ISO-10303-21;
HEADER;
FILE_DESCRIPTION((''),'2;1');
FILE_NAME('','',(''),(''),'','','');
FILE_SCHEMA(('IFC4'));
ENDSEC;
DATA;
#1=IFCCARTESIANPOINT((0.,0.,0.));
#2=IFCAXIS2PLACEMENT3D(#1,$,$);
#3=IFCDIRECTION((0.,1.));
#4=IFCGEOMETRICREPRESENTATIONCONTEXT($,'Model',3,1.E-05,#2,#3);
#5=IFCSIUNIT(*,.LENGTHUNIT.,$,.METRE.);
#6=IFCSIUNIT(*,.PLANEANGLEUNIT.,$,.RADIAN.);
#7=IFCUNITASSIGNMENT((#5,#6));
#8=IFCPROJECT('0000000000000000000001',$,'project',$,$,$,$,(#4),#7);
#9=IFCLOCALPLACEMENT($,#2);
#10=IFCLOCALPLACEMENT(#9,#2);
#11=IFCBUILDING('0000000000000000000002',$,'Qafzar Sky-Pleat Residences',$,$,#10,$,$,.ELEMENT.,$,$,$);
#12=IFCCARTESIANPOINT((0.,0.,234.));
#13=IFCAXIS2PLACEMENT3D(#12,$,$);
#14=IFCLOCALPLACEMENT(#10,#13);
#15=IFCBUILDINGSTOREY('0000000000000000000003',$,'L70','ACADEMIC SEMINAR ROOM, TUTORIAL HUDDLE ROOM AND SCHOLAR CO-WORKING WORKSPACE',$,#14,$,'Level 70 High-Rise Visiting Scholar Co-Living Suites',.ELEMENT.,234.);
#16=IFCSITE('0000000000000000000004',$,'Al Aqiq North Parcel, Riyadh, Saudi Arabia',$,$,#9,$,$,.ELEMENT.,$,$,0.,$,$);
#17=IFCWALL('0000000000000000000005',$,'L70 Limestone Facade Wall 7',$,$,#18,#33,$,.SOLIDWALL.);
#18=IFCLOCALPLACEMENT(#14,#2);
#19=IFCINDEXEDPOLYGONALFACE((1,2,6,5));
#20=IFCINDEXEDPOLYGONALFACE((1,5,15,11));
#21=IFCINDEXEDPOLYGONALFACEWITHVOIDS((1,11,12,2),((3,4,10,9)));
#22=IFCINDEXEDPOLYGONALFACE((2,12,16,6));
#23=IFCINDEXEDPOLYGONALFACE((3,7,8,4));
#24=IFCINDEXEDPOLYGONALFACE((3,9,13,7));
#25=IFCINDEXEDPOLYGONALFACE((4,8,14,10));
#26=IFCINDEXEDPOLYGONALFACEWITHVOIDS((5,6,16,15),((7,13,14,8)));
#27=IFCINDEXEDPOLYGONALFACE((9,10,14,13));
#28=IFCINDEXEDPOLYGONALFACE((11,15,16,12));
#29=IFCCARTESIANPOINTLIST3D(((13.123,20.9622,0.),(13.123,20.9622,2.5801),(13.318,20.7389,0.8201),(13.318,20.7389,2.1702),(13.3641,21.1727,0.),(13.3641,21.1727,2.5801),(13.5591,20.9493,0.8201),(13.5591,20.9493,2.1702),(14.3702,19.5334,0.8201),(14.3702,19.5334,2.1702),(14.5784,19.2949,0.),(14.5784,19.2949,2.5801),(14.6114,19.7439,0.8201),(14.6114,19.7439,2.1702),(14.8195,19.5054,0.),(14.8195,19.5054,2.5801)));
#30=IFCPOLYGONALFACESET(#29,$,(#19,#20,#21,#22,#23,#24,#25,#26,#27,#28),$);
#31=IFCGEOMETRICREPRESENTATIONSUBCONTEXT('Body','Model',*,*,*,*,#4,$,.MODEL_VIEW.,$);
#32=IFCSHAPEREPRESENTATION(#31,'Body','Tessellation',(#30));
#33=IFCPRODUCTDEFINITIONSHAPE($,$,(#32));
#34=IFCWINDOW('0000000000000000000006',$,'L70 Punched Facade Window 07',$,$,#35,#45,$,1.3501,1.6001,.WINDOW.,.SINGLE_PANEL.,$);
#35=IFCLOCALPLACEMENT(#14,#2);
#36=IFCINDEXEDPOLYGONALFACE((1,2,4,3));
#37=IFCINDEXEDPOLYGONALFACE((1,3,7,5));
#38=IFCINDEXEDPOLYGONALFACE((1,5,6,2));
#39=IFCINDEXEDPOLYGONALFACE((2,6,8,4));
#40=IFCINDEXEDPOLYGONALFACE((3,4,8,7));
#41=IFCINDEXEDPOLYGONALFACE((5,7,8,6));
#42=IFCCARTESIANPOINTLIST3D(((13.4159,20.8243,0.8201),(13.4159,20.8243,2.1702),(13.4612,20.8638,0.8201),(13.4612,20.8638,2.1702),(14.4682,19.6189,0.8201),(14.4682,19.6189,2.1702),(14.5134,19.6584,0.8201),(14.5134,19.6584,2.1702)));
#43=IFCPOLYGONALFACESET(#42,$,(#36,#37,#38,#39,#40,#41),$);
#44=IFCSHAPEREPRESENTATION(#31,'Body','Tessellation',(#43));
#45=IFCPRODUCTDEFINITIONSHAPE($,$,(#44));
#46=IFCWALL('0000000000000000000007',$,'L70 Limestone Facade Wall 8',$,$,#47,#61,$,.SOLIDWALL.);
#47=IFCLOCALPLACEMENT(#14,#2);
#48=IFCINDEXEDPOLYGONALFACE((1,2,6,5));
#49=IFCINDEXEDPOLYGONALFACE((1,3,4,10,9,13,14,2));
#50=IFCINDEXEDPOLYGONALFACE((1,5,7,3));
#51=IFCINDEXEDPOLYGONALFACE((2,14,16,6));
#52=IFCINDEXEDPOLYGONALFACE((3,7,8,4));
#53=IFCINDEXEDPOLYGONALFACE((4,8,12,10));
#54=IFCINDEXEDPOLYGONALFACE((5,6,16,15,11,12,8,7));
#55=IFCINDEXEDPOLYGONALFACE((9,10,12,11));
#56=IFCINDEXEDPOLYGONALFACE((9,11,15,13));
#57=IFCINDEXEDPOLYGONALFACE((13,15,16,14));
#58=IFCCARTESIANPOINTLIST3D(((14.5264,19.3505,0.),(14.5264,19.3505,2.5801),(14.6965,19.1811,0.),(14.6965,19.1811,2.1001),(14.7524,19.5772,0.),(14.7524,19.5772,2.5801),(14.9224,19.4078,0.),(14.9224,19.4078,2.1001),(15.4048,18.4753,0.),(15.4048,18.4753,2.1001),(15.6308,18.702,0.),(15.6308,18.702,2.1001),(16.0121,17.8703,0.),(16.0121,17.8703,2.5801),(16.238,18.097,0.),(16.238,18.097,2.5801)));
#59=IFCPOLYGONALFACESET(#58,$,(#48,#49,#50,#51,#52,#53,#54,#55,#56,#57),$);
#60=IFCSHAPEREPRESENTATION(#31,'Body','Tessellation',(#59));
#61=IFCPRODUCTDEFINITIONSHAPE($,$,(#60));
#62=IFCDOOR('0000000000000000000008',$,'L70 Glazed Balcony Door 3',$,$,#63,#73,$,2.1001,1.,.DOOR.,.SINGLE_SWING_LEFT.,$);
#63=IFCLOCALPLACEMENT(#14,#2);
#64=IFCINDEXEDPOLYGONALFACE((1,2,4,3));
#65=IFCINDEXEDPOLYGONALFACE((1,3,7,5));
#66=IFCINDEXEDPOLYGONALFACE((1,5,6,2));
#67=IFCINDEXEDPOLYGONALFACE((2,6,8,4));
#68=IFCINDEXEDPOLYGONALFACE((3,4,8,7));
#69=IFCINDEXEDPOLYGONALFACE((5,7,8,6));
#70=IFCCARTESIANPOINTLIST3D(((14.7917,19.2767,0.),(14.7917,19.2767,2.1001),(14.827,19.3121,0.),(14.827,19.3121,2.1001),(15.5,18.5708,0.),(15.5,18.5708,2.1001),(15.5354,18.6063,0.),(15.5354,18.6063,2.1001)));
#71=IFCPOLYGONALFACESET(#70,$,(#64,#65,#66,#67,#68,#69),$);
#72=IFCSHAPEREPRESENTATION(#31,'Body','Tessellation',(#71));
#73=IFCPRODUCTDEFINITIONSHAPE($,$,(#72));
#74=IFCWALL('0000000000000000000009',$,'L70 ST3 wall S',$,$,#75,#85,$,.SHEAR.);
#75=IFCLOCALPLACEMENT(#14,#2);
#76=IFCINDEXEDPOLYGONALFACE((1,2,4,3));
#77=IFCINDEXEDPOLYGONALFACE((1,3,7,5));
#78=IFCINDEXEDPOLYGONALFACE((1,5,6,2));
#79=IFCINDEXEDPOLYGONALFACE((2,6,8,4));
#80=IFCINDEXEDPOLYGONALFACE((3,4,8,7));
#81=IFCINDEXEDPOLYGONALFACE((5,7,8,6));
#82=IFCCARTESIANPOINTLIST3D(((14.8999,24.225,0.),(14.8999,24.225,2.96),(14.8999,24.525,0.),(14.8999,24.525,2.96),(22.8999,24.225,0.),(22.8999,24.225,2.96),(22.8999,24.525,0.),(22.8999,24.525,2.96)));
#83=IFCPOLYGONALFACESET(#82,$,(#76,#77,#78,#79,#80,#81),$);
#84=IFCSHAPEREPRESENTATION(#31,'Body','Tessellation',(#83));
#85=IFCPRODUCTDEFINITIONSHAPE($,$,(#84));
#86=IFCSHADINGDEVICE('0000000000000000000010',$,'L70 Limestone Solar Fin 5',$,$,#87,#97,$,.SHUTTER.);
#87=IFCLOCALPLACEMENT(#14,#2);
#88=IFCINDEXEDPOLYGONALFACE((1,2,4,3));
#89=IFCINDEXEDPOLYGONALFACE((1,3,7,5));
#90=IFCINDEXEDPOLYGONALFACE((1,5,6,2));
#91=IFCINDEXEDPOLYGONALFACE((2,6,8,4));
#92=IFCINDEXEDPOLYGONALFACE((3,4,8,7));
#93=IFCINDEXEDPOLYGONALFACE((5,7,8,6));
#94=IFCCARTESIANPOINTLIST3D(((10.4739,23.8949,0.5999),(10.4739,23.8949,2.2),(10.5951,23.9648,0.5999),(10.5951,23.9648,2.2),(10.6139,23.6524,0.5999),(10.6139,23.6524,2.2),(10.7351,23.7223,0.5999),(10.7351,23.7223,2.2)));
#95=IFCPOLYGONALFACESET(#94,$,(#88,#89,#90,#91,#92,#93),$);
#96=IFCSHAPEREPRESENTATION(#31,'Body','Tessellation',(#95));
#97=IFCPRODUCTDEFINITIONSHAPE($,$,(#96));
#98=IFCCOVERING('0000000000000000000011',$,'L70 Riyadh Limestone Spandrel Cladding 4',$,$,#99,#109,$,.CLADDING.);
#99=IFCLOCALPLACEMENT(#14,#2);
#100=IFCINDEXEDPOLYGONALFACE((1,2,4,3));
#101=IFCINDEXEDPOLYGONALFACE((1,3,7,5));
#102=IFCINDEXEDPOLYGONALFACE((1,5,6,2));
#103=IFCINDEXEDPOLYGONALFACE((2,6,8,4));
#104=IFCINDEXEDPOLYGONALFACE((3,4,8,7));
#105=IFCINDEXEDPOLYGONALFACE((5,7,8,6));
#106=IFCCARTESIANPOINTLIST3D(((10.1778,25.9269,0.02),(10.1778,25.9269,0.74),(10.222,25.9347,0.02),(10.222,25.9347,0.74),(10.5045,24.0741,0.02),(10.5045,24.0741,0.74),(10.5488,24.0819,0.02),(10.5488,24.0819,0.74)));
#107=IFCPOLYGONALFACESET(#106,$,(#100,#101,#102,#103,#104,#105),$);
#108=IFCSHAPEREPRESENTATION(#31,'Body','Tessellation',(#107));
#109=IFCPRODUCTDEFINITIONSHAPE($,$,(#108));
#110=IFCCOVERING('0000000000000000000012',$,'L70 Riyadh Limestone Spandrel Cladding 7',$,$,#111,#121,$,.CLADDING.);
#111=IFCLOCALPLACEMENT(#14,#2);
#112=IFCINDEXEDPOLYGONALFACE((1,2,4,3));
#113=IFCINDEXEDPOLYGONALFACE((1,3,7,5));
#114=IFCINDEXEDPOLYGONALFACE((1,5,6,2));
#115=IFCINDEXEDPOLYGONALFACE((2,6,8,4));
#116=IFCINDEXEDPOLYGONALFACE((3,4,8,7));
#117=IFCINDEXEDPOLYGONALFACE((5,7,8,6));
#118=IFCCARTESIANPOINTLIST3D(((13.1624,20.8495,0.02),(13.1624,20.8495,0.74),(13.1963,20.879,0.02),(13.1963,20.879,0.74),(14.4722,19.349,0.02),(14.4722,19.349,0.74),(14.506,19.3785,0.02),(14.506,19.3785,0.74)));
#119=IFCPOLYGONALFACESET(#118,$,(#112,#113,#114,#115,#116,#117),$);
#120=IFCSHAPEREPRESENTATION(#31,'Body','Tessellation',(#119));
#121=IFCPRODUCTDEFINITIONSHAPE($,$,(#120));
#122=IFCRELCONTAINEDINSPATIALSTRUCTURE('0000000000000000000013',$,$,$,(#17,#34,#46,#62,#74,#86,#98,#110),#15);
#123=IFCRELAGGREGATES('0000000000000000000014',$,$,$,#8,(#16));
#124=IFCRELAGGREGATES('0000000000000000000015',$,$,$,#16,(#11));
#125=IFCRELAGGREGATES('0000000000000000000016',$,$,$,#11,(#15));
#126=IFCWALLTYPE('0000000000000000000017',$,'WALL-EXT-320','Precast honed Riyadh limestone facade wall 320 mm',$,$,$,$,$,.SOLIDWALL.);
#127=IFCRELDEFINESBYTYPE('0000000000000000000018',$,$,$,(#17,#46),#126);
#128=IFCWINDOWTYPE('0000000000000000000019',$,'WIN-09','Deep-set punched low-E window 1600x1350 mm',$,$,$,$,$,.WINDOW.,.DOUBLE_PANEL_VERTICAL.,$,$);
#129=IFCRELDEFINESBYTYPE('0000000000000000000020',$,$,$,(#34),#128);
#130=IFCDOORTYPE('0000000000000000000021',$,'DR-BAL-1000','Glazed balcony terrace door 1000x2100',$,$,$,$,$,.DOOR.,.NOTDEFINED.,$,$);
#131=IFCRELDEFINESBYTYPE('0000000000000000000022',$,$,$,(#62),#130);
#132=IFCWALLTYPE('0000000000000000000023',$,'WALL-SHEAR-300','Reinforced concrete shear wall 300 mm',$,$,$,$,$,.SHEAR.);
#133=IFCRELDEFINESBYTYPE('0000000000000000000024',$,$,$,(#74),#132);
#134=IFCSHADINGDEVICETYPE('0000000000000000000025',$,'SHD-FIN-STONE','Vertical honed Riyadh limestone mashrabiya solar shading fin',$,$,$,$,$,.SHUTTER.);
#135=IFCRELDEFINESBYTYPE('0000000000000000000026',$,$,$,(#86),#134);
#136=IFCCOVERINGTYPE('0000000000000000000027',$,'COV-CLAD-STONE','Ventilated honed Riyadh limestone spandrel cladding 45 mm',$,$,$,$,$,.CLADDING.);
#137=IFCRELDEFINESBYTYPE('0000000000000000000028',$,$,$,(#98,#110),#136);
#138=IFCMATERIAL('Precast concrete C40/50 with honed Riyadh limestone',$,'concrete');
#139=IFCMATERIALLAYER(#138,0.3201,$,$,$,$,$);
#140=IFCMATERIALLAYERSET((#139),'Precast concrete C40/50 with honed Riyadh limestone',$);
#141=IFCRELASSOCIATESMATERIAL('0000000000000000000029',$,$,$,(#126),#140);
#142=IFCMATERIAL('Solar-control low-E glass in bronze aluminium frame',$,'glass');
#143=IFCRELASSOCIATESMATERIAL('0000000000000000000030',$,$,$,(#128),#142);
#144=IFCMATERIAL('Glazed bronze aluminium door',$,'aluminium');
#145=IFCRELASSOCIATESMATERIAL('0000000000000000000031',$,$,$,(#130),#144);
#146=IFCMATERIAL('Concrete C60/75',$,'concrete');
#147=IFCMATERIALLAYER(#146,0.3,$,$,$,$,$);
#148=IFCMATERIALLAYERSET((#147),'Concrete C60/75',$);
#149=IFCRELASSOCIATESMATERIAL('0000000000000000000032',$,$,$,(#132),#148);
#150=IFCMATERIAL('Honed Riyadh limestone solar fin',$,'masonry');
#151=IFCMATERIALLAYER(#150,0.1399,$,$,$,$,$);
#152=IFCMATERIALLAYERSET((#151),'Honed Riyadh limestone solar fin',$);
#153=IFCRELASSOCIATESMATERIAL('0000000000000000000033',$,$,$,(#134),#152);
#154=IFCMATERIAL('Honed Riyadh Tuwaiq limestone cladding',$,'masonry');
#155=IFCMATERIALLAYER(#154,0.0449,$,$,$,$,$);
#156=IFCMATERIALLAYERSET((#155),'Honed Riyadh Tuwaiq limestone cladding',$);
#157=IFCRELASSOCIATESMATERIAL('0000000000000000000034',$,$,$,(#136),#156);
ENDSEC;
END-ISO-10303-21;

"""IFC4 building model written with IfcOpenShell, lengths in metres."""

from ifc_helpers import new_model, si_unit, direction, frame, frame_2d, origin, origin_2d, place, context, subcontext, project, spatial, rectangle, extrude, source, transform, mapped, material, layer, layer_set, type_object, element, fill, save


model = new_model("IFC4")

# Units and contexts
model_context = context("Model", 3, precision=1e-05, world=origin(), true_north=direction((0.0, 1.0)))
body_context = subcontext(model_context, "Body", "Model", "MODEL_VIEW")
ifc_project = project(units=[si_unit("LENGTHUNIT", "METRE"), si_unit("PLANEANGLEUNIT", "RADIAN")], contexts=[model_context])

# Site, building, storey
site_placement = place(None, origin())
site = spatial("IfcSite", under=ifc_project, at=site_placement, Name="Al Aqiq North Parcel, Riyadh, Saudi Arabia", CompositionType="ELEMENT", RefElevation=0.0)
building_placement = place(site_placement, origin())
building = spatial("IfcBuilding", under=site, at=building_placement, Name="Qafzar Sky-Pleat Residences", CompositionType="ELEMENT")
storey_placement = place(building_placement, frame((0.0, 0.0, 234.0)))
storey = spatial("IfcBuildingStorey", under=building, at=storey_placement, Name="L70", Description="ACADEMIC SEMINAR ROOM, TUTORIAL HUDDLE ROOM AND SCHOLAR CO-WORKING WORKSPACE", LongName="Level 70 High-Rise Visiting Scholar Co-Living Suites", CompositionType="ELEMENT", Elevation=234.0)

# Wall, opening, window
ifc_material_1 = material(Name="Precast concrete C40/50 with honed Riyadh limestone", Category="concrete")
ifc_layer_1 = layer(ifc_material_1, 0.3201)
ifc_layer_set_1 = layer_set([ifc_layer_1], Name="Precast concrete C40/50 with honed Riyadh limestone")
wall_type_1 = type_object("IfcWallType", Name="WALL-EXT-320", Description="Precast honed Riyadh limestone facade wall 320 mm", PredefinedType="SOLIDWALL", material=ifc_layer_set_1)
ifc_material_2 = material(Name="Solar-control low-E glass in bronze aluminium frame", Category="glass")
wall_1_placement = place(storey_placement, frame((13.2437, 21.0674, 0.0), z_axis=(0.0, 0.0, 1.0), x_axis=(0.657606, -0.753362, 0.0)))
wall_1 = element("IfcWall", 1, at=wall_1_placement, inside=storey, type_object=wall_type_1, Name="L70 Limestone Facade Wall 7", PredefinedType="SOLIDWALL", context=body_context, shape_type="SweptSolid", body=[
    extrude(rectangle(XDim=2.2131, YDim=0.3201, at=frame_2d((1.1064, 0.0))), origin(), (0.0, 0.0, 1.0), 2.5801),
])
opening_1_placement = place(wall_1_placement, frame((0.2964, 0.0, 0.8201)))
opening_1 = element("IfcOpeningElement", 2, at=opening_1_placement, cuts=wall_1, PredefinedType="OPENING", context=body_context, shape_type="SweptSolid", body=[
    extrude(rectangle(XDim=1.6001, YDim=1.3501, at=frame_2d((0.8, 0.675))), frame((0.0, 0.1699, 0.0), z_axis=(0.0, -1.0, 0.0), x_axis=(1.0, 0.0, 0.0)), (0.0, 0.0, 1.0), 0.3401),
])
window_type_1 = type_object("IfcWindowType", Name="WIN-09", Description="Deep-set punched low-E window 1600x1350 mm", PartitioningType="DOUBLE_PANEL_VERTICAL", PredefinedType="WINDOW", material=ifc_material_2)
shared_shape_1 = source(origin(), body_context, "Body", "SweptSolid", [
    extrude(rectangle(XDim=1.6001, YDim=1.3501, at=frame_2d((0.8, 0.675))), frame((0.0, 0.03, 0.0), z_axis=(0.0, -1.0, 0.0), x_axis=(1.0, 0.0, 0.0)), (0.0, 0.0, 1.0), 0.0601),
])
window_1_placement = place(opening_1_placement, origin())
window_1 = element("IfcWindow", 3, at=window_1_placement, inside=storey, type_object=window_type_1, Name="L70 Punched Facade Window 07", OverallHeight=1.3501, OverallWidth=1.6001, PartitioningType="SINGLE_PANEL", PredefinedType="WINDOW", context=body_context, shape_type="MappedRepresentation", body=[
    mapped(shared_shape_1, transform((0.0, 0.0, 0.0), x_axis=(1.0, 0.0, 0.0), y_axis=(0.0, 1.0, 0.0), z_axis=(0.0, 0.0, 1.0), scale=1.0)),
])
fill(opening_1, window_1)

# Wall, opening, door
wall_2_placement = place(storey_placement, frame((14.6394, 19.4639, 0.0), z_axis=(0.0, 0.0, 1.0), x_axis=(0.708386, -0.705825, 0.0)))
wall_2 = element("IfcWall", 4, at=wall_2_placement, inside=storey, type_object=wall_type_1, Name="L70 Limestone Facade Wall 8", PredefinedType="SOLIDWALL", context=body_context, shape_type="SweptSolid", body=[
    extrude(rectangle(XDim=2.0972, YDim=0.3201, at=frame_2d((1.0486, 0.0))), origin(), (0.0, 0.0, 1.0), 2.5801),
])
opening_2_placement = place(wall_2_placement, frame((0.24, 0.0, 0.0)))
opening_2 = element("IfcOpeningElement", 5, at=opening_2_placement, cuts=wall_2, PredefinedType="OPENING", context=body_context, shape_type="SweptSolid", body=[
    extrude(rectangle(XDim=1.0, YDim=2.1001, at=frame_2d((0.5, 1.05))), frame((0.0, 0.1699, 0.0), z_axis=(0.0, -1.0, 0.0), x_axis=(1.0, 0.0, 0.0)), (0.0, 0.0, 1.0), 0.3401),
])
ifc_material_3 = material(Name="Glazed bronze aluminium door", Category="aluminium")
door_type = type_object("IfcDoorType", Name="DR-BAL-1000", Description="Glazed balcony terrace door 1000x2100", OperationType="NOTDEFINED", PredefinedType="DOOR", material=ifc_material_3)
shared_shape_2 = source(origin(), body_context, "Body", "SweptSolid", [
    extrude(rectangle(XDim=1.0, YDim=2.1001, at=frame_2d((0.5, 1.05))), frame((0.0, 0.0249, 0.0), z_axis=(0.0, -1.0, 0.0), x_axis=(1.0, 0.0, 0.0)), (0.0, 0.0, 1.0), 0.05),
])
door_placement = place(opening_2_placement, origin())
door = element("IfcDoor", 6, at=door_placement, inside=storey, type_object=door_type, Name="L70 Glazed Balcony Door 3", OperationType="SINGLE_SWING_LEFT", OverallHeight=2.1001, OverallWidth=1.0, PredefinedType="DOOR", context=body_context, shape_type="MappedRepresentation", body=[
    mapped(shared_shape_2, transform((0.0, 0.0, 0.0), x_axis=(1.0, 0.0, 0.0), y_axis=(0.0, 1.0, 0.0), z_axis=(0.0, 0.0, 1.0), scale=1.0)),
])
fill(opening_2, door)

# Wall
ifc_material_4 = material(Name="Concrete C60/75", Category="concrete")
ifc_layer_2 = layer(ifc_material_4, 0.3)
ifc_layer_set_2 = layer_set([ifc_layer_2], Name="Concrete C60/75")
wall_type_2 = type_object("IfcWallType", Name="WALL-SHEAR-300", Description="Reinforced concrete shear wall 300 mm", PredefinedType="SHEAR", material=ifc_layer_set_2)
wall_3_placement = place(storey_placement, frame((14.8999, 24.375, 0.0), z_axis=(0.0, 0.0, 1.0), x_axis=(1.0, 0.0, 0.0)))
element("IfcWall", 7, at=wall_3_placement, inside=storey, type_object=wall_type_2, Name="L70 ST3 wall S", PredefinedType="SHEAR", context=body_context, shape_type="SweptSolid", body=[
    extrude(rectangle(XDim=8.0, YDim=0.3, at=frame_2d((4.0, 0.0))), origin(), (0.0, 0.0, 1.0), 2.96),
])

# Shading device
ifc_material_5 = material(Name="Honed Riyadh limestone solar fin", Category="masonry")
ifc_layer_3 = layer(ifc_material_5, 0.1399)
ifc_layer_set_3 = layer_set([ifc_layer_3], Name="Honed Riyadh limestone solar fin")
shading_device_type = type_object("IfcShadingDeviceType", Name="SHD-FIN-STONE", Description="Vertical honed Riyadh limestone mashrabiya solar shading fin", PredefinedType="SHUTTER", material=ifc_layer_set_3)
shared_shape_3 = source(origin(), body_context, "Body", "SweptSolid", [
    extrude(rectangle(XDim=0.1399, YDim=0.28, at=origin_2d()), origin(), (0.0, 0.0, 1.0), 1.6001),
])
shading_device_placement = place(storey_placement, frame((10.6045, 23.8086, 0.5999), z_axis=(0.0, 0.0, 1.0), x_axis=(-0.866044, -0.499967, 0.0)))
element("IfcShadingDevice", 8, at=shading_device_placement, inside=storey, type_object=shading_device_type, Name="L70 Limestone Solar Fin 5", PredefinedType="SHUTTER", context=body_context, shape_type="MappedRepresentation", body=[
    mapped(shared_shape_3, transform((0.0, 0.0, 0.0), x_axis=(1.0, 0.0, 0.0), y_axis=(0.0, 1.0, 0.0), z_axis=(0.0, 0.0, 1.0), scale=1.0)),
])

# Covering
ifc_material_6 = material(Name="Honed Riyadh Tuwaiq limestone cladding", Category="masonry")
ifc_layer_4 = layer(ifc_material_6, 0.0449)
ifc_layer_set_4 = layer_set([ifc_layer_4], Name="Honed Riyadh Tuwaiq limestone cladding")
covering_type = type_object("IfcCoveringType", Name="COV-CLAD-STONE", Description="Ventilated honed Riyadh limestone spandrel cladding 45 mm", PredefinedType="CLADDING", material=ifc_layer_set_4)
shared_shape_4 = source(origin(), body_context, "Body", "SweptSolid", [
    extrude(rectangle(XDim=1.8813, YDim=0.0449, at=origin_2d()), origin(), (0.0, 0.0, 1.0), 0.72),
])
covering_1_placement = place(storey_placement, frame((10.3633, 25.0044, 0.02), z_axis=(0.0, 0.0, 1.0), x_axis=(0.173663, -0.984805, 0.0)))
element("IfcCovering", 9, at=covering_1_placement, inside=storey, type_object=covering_type, Name="L70 Riyadh Limestone Spandrel Cladding 4", PredefinedType="CLADDING", context=body_context, shape_type="MappedRepresentation", body=[
    mapped(shared_shape_4, transform((0.0, 0.0, 0.0), x_axis=(1.0, 0.0, 0.0), y_axis=(0.0, 1.0, 0.0), z_axis=(0.0, 0.0, 1.0), scale=1.0)),
])

# Covering
shared_shape_5 = source(origin(), body_context, "Body", "SweptSolid", [
    extrude(rectangle(XDim=1.9917, YDim=0.0449, at=origin_2d()), origin(), (0.0, 0.0, 1.0), 0.72),
])
covering_2_placement = place(storey_placement, frame((13.8342, 20.114, 0.02), z_axis=(0.0, 0.0, 1.0), x_axis=(0.657605, -0.753363, 0.0)))
element("IfcCovering", 10, at=covering_2_placement, inside=storey, type_object=covering_type, Name="L70 Riyadh Limestone Spandrel Cladding 7", PredefinedType="CLADDING", context=body_context, shape_type="MappedRepresentation", body=[
    mapped(shared_shape_5, transform((0.0, 0.0, 0.0), x_axis=(1.0, 0.0, 0.0), y_axis=(0.0, 1.0, 0.0), z_axis=(0.0, 0.0, 1.0), scale=1.0)),
])

save(model, "model.ifc")
